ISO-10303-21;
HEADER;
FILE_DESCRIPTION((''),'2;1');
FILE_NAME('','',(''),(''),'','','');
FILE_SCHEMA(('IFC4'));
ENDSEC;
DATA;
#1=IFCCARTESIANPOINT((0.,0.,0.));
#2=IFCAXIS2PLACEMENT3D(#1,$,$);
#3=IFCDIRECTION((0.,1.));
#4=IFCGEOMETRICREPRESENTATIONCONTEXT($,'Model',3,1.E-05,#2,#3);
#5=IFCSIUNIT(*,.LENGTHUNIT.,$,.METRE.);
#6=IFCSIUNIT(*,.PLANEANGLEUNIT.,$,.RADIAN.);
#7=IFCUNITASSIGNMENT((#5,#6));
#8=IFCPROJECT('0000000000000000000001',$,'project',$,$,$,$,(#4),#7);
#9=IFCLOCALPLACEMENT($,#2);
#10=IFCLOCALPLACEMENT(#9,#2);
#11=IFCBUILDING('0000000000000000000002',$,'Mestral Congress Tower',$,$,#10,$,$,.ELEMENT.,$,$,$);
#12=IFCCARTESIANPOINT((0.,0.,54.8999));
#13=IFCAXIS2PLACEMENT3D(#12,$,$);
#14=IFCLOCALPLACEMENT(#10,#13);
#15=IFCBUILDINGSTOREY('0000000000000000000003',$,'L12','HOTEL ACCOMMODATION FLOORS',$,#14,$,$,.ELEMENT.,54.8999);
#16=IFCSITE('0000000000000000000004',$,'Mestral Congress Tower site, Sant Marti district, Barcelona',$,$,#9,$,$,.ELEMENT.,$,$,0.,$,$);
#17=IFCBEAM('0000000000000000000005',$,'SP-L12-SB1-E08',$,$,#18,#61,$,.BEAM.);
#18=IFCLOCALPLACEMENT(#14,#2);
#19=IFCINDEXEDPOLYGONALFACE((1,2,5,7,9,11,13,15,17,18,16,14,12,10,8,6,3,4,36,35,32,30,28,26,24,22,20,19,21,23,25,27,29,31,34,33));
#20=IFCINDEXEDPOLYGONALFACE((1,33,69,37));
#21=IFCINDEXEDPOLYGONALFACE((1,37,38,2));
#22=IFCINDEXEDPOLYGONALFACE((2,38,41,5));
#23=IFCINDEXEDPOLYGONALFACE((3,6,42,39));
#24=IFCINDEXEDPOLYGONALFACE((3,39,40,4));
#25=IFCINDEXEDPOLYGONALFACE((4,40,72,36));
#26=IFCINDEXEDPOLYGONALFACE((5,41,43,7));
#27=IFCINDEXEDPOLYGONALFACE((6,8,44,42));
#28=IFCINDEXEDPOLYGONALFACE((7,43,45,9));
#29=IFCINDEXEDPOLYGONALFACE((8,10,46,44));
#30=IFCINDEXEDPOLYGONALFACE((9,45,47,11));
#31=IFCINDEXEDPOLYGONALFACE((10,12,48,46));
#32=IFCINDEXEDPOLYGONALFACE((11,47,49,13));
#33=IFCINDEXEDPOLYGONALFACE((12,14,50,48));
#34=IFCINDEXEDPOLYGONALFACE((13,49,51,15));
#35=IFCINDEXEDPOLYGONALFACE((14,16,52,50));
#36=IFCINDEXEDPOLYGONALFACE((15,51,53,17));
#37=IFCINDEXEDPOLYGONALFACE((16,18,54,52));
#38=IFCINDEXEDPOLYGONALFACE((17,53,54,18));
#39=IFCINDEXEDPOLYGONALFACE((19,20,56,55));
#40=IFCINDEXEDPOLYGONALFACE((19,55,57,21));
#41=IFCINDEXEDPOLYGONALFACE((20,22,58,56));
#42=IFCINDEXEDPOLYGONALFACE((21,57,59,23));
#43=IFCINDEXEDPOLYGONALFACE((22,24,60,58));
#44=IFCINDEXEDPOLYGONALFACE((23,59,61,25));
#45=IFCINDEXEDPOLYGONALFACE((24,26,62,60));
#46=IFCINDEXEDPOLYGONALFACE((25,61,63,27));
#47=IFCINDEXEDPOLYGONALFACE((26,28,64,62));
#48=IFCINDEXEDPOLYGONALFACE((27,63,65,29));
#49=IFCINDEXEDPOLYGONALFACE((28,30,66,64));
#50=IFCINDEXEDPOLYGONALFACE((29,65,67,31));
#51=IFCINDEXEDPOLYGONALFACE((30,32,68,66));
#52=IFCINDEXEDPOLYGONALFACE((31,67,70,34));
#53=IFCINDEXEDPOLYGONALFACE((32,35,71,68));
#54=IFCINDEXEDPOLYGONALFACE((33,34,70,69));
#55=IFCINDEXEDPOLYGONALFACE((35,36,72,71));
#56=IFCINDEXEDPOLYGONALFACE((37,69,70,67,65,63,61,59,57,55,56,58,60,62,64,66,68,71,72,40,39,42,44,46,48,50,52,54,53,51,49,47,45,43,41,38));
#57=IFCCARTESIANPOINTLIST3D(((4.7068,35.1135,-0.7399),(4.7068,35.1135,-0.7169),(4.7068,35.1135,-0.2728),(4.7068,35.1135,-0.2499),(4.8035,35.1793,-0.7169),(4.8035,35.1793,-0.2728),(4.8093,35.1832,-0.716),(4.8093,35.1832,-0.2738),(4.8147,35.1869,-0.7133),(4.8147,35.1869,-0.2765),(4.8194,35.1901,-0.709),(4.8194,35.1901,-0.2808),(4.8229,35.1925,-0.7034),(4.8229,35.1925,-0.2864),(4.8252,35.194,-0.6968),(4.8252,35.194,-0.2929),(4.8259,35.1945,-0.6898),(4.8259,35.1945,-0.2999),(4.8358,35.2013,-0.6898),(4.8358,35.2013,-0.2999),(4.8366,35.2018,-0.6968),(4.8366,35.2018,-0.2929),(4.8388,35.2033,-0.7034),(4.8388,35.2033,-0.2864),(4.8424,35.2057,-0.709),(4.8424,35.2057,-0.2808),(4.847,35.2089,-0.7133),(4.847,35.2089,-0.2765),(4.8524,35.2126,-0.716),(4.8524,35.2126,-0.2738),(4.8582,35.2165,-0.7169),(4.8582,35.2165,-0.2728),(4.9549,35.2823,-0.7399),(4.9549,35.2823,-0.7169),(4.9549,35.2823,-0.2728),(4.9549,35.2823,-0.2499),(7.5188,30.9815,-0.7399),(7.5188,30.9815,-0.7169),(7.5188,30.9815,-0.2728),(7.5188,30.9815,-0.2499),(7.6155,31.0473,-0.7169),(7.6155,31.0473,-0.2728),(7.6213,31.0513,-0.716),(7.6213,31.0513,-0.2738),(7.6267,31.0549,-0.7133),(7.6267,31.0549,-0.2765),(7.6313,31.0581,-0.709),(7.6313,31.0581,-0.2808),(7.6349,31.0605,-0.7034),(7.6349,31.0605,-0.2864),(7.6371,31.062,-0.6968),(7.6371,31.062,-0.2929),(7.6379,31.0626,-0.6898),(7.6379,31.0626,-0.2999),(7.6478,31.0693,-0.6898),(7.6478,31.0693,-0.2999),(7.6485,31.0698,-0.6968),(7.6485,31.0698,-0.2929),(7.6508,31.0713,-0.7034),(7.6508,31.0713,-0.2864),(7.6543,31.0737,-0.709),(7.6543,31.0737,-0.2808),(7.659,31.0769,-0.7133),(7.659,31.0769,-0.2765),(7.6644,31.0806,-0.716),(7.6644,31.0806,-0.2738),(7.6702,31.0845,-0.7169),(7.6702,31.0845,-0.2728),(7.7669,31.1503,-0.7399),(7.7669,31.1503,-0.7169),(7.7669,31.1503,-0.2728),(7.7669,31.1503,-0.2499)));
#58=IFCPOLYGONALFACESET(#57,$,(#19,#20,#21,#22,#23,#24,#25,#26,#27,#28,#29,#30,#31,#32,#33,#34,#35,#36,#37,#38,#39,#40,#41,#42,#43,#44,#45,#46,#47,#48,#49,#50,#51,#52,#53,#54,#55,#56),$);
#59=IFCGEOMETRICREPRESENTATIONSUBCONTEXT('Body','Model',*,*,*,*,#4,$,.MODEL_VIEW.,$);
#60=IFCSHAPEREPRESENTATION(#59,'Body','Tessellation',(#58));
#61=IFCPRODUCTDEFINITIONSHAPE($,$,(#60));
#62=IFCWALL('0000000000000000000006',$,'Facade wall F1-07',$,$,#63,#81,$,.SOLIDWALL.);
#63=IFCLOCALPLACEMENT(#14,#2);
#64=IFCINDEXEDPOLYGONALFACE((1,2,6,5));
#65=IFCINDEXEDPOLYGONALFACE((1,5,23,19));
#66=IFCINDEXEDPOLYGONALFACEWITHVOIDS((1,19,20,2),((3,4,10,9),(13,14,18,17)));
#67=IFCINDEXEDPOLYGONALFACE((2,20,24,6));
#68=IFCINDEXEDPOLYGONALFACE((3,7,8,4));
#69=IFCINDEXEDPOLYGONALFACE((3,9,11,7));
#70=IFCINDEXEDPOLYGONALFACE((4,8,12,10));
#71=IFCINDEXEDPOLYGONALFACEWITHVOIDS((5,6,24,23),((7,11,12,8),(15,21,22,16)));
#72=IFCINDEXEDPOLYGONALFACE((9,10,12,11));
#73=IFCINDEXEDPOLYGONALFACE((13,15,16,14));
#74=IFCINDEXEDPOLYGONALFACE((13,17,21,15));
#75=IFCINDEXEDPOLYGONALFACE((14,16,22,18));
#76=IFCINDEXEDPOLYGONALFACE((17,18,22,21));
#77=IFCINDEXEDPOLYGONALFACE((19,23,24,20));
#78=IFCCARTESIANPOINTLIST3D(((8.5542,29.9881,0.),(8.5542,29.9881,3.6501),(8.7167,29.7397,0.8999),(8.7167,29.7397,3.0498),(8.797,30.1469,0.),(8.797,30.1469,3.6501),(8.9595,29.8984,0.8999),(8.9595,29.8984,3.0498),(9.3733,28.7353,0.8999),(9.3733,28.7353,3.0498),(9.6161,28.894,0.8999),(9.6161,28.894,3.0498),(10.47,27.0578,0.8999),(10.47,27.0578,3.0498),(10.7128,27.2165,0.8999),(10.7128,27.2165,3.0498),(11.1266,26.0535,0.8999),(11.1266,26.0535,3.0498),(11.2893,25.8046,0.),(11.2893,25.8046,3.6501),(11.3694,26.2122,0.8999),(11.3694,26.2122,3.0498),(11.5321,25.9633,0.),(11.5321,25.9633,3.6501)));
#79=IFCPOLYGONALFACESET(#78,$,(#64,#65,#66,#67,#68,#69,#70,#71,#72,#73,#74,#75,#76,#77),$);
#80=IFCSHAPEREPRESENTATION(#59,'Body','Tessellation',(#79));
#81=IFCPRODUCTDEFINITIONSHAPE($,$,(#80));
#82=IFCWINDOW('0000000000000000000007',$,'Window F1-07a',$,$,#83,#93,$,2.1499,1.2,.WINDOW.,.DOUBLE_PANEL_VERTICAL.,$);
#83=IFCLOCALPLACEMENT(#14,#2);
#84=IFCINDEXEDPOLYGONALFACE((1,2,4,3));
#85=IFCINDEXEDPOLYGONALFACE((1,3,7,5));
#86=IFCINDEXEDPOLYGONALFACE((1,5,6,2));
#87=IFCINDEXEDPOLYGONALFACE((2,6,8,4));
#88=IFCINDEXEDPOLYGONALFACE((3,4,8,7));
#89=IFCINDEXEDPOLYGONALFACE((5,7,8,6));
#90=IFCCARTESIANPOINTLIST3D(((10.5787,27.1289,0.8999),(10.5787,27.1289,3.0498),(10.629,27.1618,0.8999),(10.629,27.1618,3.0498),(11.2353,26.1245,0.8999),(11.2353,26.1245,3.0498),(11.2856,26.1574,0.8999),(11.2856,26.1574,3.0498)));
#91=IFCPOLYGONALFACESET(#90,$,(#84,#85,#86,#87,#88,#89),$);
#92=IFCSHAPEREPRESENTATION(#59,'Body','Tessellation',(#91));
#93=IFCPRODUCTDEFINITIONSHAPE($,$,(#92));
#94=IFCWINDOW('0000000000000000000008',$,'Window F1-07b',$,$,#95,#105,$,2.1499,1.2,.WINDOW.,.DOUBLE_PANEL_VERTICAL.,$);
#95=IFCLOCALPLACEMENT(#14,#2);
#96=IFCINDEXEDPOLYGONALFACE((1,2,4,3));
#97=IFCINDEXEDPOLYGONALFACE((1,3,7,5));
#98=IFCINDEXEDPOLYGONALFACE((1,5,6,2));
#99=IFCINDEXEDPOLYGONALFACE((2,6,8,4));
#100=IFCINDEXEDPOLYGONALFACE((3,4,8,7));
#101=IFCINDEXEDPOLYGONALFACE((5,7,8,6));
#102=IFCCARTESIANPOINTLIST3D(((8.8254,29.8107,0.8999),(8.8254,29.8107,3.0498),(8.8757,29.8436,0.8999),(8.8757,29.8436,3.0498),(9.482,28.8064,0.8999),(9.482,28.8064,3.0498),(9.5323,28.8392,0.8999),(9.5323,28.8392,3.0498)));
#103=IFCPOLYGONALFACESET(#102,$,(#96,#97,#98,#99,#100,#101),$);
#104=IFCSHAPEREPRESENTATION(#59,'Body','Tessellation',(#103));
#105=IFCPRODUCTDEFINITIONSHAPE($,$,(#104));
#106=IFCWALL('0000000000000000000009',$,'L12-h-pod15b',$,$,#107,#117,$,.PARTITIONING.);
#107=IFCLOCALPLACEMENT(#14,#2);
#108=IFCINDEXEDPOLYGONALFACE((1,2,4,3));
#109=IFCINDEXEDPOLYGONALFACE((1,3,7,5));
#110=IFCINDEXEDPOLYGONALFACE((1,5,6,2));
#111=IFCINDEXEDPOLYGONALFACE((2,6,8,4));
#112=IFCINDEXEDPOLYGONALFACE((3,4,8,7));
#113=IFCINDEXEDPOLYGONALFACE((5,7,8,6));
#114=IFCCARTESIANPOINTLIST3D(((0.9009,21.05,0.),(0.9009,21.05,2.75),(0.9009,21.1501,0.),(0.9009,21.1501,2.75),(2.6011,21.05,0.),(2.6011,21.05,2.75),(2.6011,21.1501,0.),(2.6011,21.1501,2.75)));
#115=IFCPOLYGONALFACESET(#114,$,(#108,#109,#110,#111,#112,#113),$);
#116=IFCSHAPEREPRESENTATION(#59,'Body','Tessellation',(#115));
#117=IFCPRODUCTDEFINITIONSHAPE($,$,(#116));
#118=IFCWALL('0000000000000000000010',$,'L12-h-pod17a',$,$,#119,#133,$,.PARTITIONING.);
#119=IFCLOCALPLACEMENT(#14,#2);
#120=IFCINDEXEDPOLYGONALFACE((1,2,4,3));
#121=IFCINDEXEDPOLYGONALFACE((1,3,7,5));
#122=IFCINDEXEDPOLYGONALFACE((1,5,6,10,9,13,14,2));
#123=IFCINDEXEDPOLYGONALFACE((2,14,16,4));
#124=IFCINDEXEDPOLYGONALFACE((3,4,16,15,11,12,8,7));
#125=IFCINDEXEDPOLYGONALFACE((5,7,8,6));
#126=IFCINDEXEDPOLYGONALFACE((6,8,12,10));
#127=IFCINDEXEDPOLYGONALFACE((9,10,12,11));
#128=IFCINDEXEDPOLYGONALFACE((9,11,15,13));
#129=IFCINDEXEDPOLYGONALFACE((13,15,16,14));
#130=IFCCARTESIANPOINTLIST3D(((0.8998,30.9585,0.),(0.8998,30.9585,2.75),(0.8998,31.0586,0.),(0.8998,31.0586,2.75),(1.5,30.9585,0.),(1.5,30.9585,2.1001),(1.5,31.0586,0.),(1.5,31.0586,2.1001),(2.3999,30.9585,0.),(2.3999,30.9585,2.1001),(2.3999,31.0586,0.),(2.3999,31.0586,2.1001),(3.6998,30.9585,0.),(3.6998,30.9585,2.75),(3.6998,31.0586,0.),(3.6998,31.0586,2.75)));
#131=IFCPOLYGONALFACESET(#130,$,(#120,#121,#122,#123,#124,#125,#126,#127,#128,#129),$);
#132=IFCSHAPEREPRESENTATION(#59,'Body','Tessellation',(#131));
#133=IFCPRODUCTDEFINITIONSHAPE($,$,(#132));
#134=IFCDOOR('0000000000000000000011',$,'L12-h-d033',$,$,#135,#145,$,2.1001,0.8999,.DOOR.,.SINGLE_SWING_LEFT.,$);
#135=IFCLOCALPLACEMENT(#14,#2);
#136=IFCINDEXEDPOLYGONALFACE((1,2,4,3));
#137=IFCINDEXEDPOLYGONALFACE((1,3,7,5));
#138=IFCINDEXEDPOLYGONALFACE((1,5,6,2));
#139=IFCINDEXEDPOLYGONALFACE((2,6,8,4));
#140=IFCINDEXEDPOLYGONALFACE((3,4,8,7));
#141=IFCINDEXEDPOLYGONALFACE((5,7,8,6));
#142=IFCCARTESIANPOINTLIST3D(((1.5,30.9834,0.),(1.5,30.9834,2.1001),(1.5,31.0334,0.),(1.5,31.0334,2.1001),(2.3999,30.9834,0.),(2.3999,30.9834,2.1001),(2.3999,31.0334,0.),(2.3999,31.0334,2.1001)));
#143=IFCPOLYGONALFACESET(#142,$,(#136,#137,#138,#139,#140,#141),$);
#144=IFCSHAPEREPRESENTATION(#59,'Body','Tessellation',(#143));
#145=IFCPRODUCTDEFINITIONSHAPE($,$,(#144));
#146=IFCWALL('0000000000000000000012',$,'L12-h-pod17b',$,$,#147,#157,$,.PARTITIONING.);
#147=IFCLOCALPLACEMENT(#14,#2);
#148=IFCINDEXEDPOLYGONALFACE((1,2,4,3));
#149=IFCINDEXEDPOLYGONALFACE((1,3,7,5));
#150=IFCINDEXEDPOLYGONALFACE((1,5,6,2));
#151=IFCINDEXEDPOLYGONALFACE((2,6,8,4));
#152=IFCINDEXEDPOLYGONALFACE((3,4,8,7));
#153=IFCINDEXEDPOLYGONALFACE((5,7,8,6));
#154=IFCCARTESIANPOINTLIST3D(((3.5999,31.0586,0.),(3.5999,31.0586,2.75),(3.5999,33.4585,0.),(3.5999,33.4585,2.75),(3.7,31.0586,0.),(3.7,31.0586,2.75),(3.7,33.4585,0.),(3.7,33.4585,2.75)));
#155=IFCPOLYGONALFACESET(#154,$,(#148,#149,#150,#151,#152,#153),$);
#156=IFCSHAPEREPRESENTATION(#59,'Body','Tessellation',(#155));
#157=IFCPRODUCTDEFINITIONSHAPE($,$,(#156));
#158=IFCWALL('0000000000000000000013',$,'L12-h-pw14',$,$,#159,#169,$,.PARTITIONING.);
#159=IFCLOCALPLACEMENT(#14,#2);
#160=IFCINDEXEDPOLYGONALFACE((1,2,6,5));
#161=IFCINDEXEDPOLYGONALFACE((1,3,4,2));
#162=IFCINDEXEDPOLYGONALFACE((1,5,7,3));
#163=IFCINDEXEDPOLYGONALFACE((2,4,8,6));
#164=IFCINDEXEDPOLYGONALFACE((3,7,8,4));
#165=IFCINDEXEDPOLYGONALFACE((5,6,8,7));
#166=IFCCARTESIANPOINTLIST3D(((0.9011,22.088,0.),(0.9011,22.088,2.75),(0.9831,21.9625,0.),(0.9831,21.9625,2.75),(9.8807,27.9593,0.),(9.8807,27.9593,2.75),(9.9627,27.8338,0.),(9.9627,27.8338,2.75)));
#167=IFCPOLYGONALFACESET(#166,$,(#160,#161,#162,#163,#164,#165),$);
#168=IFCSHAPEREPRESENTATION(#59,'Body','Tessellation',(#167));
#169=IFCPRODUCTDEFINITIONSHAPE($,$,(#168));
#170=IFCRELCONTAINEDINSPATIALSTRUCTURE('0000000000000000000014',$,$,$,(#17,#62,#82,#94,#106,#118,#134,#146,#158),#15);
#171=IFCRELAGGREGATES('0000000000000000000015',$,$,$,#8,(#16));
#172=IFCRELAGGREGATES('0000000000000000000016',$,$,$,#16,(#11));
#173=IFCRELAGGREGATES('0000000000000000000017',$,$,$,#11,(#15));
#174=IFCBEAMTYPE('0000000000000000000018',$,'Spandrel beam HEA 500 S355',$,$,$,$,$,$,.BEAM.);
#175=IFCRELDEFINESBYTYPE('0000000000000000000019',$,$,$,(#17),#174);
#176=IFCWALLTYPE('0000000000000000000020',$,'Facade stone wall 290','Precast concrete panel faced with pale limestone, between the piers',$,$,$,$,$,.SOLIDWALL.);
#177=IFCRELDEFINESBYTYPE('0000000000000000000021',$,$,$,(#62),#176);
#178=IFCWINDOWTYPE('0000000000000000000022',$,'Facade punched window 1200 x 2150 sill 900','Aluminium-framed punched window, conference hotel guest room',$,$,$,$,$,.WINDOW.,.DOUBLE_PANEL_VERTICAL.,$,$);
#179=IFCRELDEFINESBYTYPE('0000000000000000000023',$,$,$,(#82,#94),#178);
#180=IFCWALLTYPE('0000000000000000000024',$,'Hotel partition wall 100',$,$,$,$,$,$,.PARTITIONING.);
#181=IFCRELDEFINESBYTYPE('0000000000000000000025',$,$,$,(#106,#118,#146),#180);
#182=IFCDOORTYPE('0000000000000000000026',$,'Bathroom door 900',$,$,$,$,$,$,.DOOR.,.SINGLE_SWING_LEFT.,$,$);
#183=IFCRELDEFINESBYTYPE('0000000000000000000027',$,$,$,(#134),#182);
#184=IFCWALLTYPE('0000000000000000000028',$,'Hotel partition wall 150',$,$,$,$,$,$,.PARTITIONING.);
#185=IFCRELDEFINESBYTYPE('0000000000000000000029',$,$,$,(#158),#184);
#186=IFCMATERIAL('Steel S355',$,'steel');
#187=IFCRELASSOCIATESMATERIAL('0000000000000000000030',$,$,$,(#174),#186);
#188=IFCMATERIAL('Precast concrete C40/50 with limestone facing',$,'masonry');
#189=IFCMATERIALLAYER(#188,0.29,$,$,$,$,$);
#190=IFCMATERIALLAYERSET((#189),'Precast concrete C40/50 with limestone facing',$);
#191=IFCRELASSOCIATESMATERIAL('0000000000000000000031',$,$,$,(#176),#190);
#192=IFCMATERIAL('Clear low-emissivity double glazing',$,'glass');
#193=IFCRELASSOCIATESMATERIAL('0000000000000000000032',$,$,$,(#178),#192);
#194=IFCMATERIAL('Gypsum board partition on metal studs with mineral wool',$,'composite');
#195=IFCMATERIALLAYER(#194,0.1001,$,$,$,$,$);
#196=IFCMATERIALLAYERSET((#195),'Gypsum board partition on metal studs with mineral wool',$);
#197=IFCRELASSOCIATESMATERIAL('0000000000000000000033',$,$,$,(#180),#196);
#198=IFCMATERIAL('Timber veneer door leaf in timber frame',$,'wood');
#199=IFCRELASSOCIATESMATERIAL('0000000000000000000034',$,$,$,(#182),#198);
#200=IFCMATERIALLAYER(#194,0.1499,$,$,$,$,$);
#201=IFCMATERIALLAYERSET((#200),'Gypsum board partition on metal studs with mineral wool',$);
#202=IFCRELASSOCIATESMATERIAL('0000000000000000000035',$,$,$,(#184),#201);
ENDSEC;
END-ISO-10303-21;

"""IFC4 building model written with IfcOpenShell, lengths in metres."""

from ifc_helpers import new_model, si_unit, direction, frame, frame_2d, origin, origin_2d, place, context, subcontext, project, spatial, rectangle, i_section, extrude, material, layer, layer_set, material_profile, profile_set, type_object, element, fill, save


model = new_model("IFC4")

# Units and contexts
model_context = context("Model", 3, precision=1e-05, world=origin(), true_north=direction((0.0, 1.0)))
body_context = subcontext(model_context, "Body", "Model", "MODEL_VIEW")
ifc_project = project(units=[si_unit("LENGTHUNIT", "METRE"), si_unit("PLANEANGLEUNIT", "RADIAN")], contexts=[model_context])

# Site, building, storey
site_placement = place(None, origin())
site = spatial("IfcSite", under=ifc_project, at=site_placement, Name="Mestral Congress Tower site, Sant Marti district, Barcelona", CompositionType="ELEMENT", RefElevation=0.0)
building_placement = place(site_placement, origin())
building = spatial("IfcBuilding", under=site, at=building_placement, Name="Mestral Congress Tower", CompositionType="ELEMENT")
storey_placement = place(building_placement, frame((0.0, 0.0, 54.8999)))
storey = spatial("IfcBuildingStorey", under=building, at=storey_placement, Name="L12", Description="HOTEL ACCOMMODATION FLOORS", CompositionType="ELEMENT", Elevation=54.8999)

# Beam
ifc_material_1 = material(Name="Steel S355", Category="steel")
ifc_material_profile_1 = material_profile(ifc_material_1, i_section(OverallWidth=0.3, OverallDepth=0.49, WebThickness=0.012, FlangeThickness=0.0229, FilletRadius=0.0271, at=origin_2d()), Name="HEA 500")
ifc_profile_set_1 = profile_set([ifc_material_profile_1], Name="Steel S355")
beam_type_1 = type_object("IfcBeamType", Name="Spandrel beam HEA 500 S355", PredefinedType="BEAM", material=ifc_profile_set_1)
beam_1_placement = place(storey_placement, frame((7.6428, 31.0659, -0.4949), z_axis=(-0.562611, 0.826722, 0.0), x_axis=(-0.826722, -0.562611, 0.0)))
element("IfcBeam", 1, at=beam_1_placement, inside=storey, type_object=beam_type_1, Name="SP-L12-SB1-E08", PredefinedType="BEAM", context=body_context, shape_type="SweptSolid", body=[
    extrude(i_section(OverallWidth=0.3, OverallDepth=0.49, WebThickness=0.012, FlangeThickness=0.0229, FilletRadius=0.0271, at=origin_2d()), origin(), (0.0, 0.0, 1.0), 4.998),
])

# Wall, openings, windows
ifc_material_2 = material(Name="Precast concrete C40/50 with limestone facing", Category="masonry")
ifc_layer_1 = layer(ifc_material_2, 0.29)
ifc_layer_set_1 = layer_set([ifc_layer_1], Name="Precast concrete C40/50 with limestone facing")
wall_type_1 = type_object("IfcWallType", Name="Facade stone wall 290", Description="Precast concrete panel faced with pale limestone, between the piers", PredefinedType="SOLIDWALL", material=ifc_layer_set_1)
wall_1_placement = place(storey_placement, frame((11.4106, 25.884, 0.0), z_axis=(0.0, 0.0, 1.0), x_axis=(-0.547205, 0.836999, 0.0)))
wall_1 = element("IfcWall", 2, at=wall_1_placement, inside=storey, type_object=wall_type_1, Name="Facade wall F1-07", PredefinedType="SOLIDWALL", context=body_context, shape_type="SweptSolid", body=[
    extrude(rectangle(XDim=4.9983, YDim=0.29, at=frame_2d((2.499, 0.0))), origin(), (0.0, 0.0, 1.0), 3.6501),
])
opening_1_placement = place(wall_1_placement, frame((0.2971, 0.0, 0.8999)))
opening_1 = element("IfcOpeningElement", 3, at=opening_1_placement, cuts=wall_1, PredefinedType="OPENING", context=body_context, shape_type="SweptSolid", body=[
    extrude(rectangle(XDim=1.2, YDim=2.1499, at=frame_2d((0.6001, 1.075))), frame((0.0, 0.155, 0.0), z_axis=(0.0, -1.0, 0.0), x_axis=(1.0, 0.0, 0.0)), (0.0, 0.0, 1.0), 0.3101),
])
opening_2_placement = place(wall_1_placement, frame((3.5012, 0.0, 0.8999)))
opening_2 = element("IfcOpeningElement", 4, at=opening_2_placement, cuts=wall_1, PredefinedType="OPENING", context=body_context, shape_type="SweptSolid", body=[
    extrude(rectangle(XDim=1.2, YDim=2.1499, at=frame_2d((0.6001, 1.075))), frame((0.0, 0.155, 0.0), z_axis=(0.0, -1.0, 0.0), x_axis=(1.0, 0.0, 0.0)), (0.0, 0.0, 1.0), 0.3101),
])
ifc_material_3 = material(Name="Clear low-emissivity double glazing", Category="glass")
window_type = type_object("IfcWindowType", Name="Facade punched window 1200 x 2150 sill 900", Description="Aluminium-framed punched window, conference hotel guest room", PartitioningType="DOUBLE_PANEL_VERTICAL", PredefinedType="WINDOW", material=ifc_material_3)
window_1_placement = place(opening_1_placement, origin())
window_1 = element("IfcWindow", 5, at=window_1_placement, inside=storey, type_object=window_type, Name="Window F1-07a", OverallHeight=2.1499, OverallWidth=1.2, PartitioningType="DOUBLE_PANEL_VERTICAL", PredefinedType="WINDOW", context=body_context, shape_type="SweptSolid", body=[
    extrude(rectangle(XDim=1.2, YDim=2.1499, at=frame_2d((0.6001, 1.075))), frame((0.0, 0.0151, 0.0), z_axis=(0.0, -1.0, 0.0), x_axis=(1.0, 0.0, 0.0)), (0.0, 0.0, 1.0), 0.0601),
])
fill(opening_1, window_1)
window_2_placement = place(opening_2_placement, origin())
window_2 = element("IfcWindow", 6, at=window_2_placement, inside=storey, type_object=window_type, Name="Window F1-07b", OverallHeight=2.1499, OverallWidth=1.2, PartitioningType="DOUBLE_PANEL_VERTICAL", PredefinedType="WINDOW", context=body_context, shape_type="SweptSolid", body=[
    extrude(rectangle(XDim=1.2, YDim=2.1499, at=frame_2d((0.6001, 1.075))), frame((0.0, 0.0151, 0.0), z_axis=(0.0, -1.0, 0.0), x_axis=(1.0, 0.0, 0.0)), (0.0, 0.0, 1.0), 0.0601),
])
fill(opening_2, window_2)

# Wall
ifc_material_4 = material(Name="Gypsum board partition on metal studs with mineral wool", Category="composite")
ifc_layer_2 = layer(ifc_material_4, 0.1001)
ifc_layer_set_2 = layer_set([ifc_layer_2], Name="Gypsum board partition on metal studs with mineral wool")
wall_type_2 = type_object("IfcWallType", Name="Hotel partition wall 100", PredefinedType="PARTITIONING", material=ifc_layer_set_2)
wall_2_placement = place(storey_placement, frame((2.6011, 21.1001, 0.0), z_axis=(0.0, 0.0, 1.0), x_axis=(-1.0, 0.0, 0.0)))
element("IfcWall", 7, at=wall_2_placement, inside=storey, type_object=wall_type_2, Name="L12-h-pod15b", PredefinedType="PARTITIONING", context=body_context, shape_type="SweptSolid", body=[
    extrude(rectangle(XDim=1.7002, YDim=0.1001, at=frame_2d((0.8501, 0.0))), origin(), (0.0, 0.0, 1.0), 2.75),
])

# Wall, opening, door
wall_3_placement = place(storey_placement, frame((0.8999, 31.0085, 0.0), z_axis=(0.0, 0.0, 1.0), x_axis=(1.0, 0.0, 0.0)))
wall_3 = element("IfcWall", 8, at=wall_3_placement, inside=storey, type_object=wall_type_2, Name="L12-h-pod17a", PredefinedType="PARTITIONING", context=body_context, shape_type="SweptSolid", body=[
    extrude(rectangle(XDim=2.8, YDim=0.1001, at=frame_2d((1.3999, 0.0))), origin(), (0.0, 0.0, 1.0), 2.75),
])
opening_3_placement = place(wall_3_placement, frame((0.6001, 0.0, 0.0)))
opening_3 = element("IfcOpeningElement", 9, at=opening_3_placement, cuts=wall_3, PredefinedType="OPENING", context=body_context, shape_type="SweptSolid", body=[
    extrude(rectangle(XDim=0.8999, YDim=2.1001, at=frame_2d((0.45, 1.05))), frame((0.0, 0.0601, 0.0), z_axis=(0.0, -1.0, 0.0), x_axis=(1.0, 0.0, 0.0)), (0.0, 0.0, 1.0), 0.1201),
])
ifc_material_5 = material(Name="Timber veneer door leaf in timber frame", Category="wood")
door_type = type_object("IfcDoorType", Name="Bathroom door 900", OperationType="SINGLE_SWING_LEFT", PredefinedType="DOOR", material=ifc_material_5)
door_placement = place(opening_3_placement, origin())
door = element("IfcDoor", 10, at=door_placement, inside=storey, type_object=door_type, Name="L12-h-d033", OperationType="SINGLE_SWING_LEFT", OverallHeight=2.1001, OverallWidth=0.8999, PredefinedType="DOOR", context=body_context, shape_type="SweptSolid", body=[
    extrude(rectangle(XDim=0.8999, YDim=2.1001, at=frame_2d((0.45, 1.05))), frame((0.0, 0.0249, 0.0), z_axis=(0.0, -1.0, 0.0), x_axis=(1.0, 0.0, 0.0)), (0.0, 0.0, 1.0), 0.05),
])
fill(opening_3, door)

# Walls
wall_4_placement = place(storey_placement, frame((3.6499, 31.0586, 0.0), z_axis=(0.0, 0.0, 1.0), x_axis=(0.0, 1.0, 0.0)))
element("IfcWall", 11, at=wall_4_placement, inside=storey, type_object=wall_type_2, Name="L12-h-pod17b", PredefinedType="PARTITIONING", context=body_context, shape_type="SweptSolid", body=[
    extrude(rectangle(XDim=2.3999, YDim=0.1001, at=frame_2d((1.2, 0.0))), origin(), (0.0, 0.0, 1.0), 2.75),
])
ifc_layer_3 = layer(ifc_material_4, 0.1499)
ifc_layer_set_3 = layer_set([ifc_layer_3], Name="Gypsum board partition on metal studs with mineral wool")
wall_type_3 = type_object("IfcWallType", Name="Hotel partition wall 150", PredefinedType="PARTITIONING", material=ifc_layer_set_3)
wall_5_placement = place(storey_placement, frame((9.9216, 27.8965, 0.0), z_axis=(0.0, 0.0, 1.0), x_axis=(-0.836971, -0.547248, 0.0)))
element("IfcWall", 12, at=wall_5_placement, inside=storey, type_object=wall_type_3, Name="L12-h-pw14", PredefinedType="PARTITIONING", context=body_context, shape_type="SweptSolid", body=[
    extrude(rectangle(XDim=10.7288, YDim=0.1499, at=frame_2d((5.3643, 0.0))), origin(), (0.0, 0.0, 1.0), 2.75),
])

save(model, "model.ifc")
